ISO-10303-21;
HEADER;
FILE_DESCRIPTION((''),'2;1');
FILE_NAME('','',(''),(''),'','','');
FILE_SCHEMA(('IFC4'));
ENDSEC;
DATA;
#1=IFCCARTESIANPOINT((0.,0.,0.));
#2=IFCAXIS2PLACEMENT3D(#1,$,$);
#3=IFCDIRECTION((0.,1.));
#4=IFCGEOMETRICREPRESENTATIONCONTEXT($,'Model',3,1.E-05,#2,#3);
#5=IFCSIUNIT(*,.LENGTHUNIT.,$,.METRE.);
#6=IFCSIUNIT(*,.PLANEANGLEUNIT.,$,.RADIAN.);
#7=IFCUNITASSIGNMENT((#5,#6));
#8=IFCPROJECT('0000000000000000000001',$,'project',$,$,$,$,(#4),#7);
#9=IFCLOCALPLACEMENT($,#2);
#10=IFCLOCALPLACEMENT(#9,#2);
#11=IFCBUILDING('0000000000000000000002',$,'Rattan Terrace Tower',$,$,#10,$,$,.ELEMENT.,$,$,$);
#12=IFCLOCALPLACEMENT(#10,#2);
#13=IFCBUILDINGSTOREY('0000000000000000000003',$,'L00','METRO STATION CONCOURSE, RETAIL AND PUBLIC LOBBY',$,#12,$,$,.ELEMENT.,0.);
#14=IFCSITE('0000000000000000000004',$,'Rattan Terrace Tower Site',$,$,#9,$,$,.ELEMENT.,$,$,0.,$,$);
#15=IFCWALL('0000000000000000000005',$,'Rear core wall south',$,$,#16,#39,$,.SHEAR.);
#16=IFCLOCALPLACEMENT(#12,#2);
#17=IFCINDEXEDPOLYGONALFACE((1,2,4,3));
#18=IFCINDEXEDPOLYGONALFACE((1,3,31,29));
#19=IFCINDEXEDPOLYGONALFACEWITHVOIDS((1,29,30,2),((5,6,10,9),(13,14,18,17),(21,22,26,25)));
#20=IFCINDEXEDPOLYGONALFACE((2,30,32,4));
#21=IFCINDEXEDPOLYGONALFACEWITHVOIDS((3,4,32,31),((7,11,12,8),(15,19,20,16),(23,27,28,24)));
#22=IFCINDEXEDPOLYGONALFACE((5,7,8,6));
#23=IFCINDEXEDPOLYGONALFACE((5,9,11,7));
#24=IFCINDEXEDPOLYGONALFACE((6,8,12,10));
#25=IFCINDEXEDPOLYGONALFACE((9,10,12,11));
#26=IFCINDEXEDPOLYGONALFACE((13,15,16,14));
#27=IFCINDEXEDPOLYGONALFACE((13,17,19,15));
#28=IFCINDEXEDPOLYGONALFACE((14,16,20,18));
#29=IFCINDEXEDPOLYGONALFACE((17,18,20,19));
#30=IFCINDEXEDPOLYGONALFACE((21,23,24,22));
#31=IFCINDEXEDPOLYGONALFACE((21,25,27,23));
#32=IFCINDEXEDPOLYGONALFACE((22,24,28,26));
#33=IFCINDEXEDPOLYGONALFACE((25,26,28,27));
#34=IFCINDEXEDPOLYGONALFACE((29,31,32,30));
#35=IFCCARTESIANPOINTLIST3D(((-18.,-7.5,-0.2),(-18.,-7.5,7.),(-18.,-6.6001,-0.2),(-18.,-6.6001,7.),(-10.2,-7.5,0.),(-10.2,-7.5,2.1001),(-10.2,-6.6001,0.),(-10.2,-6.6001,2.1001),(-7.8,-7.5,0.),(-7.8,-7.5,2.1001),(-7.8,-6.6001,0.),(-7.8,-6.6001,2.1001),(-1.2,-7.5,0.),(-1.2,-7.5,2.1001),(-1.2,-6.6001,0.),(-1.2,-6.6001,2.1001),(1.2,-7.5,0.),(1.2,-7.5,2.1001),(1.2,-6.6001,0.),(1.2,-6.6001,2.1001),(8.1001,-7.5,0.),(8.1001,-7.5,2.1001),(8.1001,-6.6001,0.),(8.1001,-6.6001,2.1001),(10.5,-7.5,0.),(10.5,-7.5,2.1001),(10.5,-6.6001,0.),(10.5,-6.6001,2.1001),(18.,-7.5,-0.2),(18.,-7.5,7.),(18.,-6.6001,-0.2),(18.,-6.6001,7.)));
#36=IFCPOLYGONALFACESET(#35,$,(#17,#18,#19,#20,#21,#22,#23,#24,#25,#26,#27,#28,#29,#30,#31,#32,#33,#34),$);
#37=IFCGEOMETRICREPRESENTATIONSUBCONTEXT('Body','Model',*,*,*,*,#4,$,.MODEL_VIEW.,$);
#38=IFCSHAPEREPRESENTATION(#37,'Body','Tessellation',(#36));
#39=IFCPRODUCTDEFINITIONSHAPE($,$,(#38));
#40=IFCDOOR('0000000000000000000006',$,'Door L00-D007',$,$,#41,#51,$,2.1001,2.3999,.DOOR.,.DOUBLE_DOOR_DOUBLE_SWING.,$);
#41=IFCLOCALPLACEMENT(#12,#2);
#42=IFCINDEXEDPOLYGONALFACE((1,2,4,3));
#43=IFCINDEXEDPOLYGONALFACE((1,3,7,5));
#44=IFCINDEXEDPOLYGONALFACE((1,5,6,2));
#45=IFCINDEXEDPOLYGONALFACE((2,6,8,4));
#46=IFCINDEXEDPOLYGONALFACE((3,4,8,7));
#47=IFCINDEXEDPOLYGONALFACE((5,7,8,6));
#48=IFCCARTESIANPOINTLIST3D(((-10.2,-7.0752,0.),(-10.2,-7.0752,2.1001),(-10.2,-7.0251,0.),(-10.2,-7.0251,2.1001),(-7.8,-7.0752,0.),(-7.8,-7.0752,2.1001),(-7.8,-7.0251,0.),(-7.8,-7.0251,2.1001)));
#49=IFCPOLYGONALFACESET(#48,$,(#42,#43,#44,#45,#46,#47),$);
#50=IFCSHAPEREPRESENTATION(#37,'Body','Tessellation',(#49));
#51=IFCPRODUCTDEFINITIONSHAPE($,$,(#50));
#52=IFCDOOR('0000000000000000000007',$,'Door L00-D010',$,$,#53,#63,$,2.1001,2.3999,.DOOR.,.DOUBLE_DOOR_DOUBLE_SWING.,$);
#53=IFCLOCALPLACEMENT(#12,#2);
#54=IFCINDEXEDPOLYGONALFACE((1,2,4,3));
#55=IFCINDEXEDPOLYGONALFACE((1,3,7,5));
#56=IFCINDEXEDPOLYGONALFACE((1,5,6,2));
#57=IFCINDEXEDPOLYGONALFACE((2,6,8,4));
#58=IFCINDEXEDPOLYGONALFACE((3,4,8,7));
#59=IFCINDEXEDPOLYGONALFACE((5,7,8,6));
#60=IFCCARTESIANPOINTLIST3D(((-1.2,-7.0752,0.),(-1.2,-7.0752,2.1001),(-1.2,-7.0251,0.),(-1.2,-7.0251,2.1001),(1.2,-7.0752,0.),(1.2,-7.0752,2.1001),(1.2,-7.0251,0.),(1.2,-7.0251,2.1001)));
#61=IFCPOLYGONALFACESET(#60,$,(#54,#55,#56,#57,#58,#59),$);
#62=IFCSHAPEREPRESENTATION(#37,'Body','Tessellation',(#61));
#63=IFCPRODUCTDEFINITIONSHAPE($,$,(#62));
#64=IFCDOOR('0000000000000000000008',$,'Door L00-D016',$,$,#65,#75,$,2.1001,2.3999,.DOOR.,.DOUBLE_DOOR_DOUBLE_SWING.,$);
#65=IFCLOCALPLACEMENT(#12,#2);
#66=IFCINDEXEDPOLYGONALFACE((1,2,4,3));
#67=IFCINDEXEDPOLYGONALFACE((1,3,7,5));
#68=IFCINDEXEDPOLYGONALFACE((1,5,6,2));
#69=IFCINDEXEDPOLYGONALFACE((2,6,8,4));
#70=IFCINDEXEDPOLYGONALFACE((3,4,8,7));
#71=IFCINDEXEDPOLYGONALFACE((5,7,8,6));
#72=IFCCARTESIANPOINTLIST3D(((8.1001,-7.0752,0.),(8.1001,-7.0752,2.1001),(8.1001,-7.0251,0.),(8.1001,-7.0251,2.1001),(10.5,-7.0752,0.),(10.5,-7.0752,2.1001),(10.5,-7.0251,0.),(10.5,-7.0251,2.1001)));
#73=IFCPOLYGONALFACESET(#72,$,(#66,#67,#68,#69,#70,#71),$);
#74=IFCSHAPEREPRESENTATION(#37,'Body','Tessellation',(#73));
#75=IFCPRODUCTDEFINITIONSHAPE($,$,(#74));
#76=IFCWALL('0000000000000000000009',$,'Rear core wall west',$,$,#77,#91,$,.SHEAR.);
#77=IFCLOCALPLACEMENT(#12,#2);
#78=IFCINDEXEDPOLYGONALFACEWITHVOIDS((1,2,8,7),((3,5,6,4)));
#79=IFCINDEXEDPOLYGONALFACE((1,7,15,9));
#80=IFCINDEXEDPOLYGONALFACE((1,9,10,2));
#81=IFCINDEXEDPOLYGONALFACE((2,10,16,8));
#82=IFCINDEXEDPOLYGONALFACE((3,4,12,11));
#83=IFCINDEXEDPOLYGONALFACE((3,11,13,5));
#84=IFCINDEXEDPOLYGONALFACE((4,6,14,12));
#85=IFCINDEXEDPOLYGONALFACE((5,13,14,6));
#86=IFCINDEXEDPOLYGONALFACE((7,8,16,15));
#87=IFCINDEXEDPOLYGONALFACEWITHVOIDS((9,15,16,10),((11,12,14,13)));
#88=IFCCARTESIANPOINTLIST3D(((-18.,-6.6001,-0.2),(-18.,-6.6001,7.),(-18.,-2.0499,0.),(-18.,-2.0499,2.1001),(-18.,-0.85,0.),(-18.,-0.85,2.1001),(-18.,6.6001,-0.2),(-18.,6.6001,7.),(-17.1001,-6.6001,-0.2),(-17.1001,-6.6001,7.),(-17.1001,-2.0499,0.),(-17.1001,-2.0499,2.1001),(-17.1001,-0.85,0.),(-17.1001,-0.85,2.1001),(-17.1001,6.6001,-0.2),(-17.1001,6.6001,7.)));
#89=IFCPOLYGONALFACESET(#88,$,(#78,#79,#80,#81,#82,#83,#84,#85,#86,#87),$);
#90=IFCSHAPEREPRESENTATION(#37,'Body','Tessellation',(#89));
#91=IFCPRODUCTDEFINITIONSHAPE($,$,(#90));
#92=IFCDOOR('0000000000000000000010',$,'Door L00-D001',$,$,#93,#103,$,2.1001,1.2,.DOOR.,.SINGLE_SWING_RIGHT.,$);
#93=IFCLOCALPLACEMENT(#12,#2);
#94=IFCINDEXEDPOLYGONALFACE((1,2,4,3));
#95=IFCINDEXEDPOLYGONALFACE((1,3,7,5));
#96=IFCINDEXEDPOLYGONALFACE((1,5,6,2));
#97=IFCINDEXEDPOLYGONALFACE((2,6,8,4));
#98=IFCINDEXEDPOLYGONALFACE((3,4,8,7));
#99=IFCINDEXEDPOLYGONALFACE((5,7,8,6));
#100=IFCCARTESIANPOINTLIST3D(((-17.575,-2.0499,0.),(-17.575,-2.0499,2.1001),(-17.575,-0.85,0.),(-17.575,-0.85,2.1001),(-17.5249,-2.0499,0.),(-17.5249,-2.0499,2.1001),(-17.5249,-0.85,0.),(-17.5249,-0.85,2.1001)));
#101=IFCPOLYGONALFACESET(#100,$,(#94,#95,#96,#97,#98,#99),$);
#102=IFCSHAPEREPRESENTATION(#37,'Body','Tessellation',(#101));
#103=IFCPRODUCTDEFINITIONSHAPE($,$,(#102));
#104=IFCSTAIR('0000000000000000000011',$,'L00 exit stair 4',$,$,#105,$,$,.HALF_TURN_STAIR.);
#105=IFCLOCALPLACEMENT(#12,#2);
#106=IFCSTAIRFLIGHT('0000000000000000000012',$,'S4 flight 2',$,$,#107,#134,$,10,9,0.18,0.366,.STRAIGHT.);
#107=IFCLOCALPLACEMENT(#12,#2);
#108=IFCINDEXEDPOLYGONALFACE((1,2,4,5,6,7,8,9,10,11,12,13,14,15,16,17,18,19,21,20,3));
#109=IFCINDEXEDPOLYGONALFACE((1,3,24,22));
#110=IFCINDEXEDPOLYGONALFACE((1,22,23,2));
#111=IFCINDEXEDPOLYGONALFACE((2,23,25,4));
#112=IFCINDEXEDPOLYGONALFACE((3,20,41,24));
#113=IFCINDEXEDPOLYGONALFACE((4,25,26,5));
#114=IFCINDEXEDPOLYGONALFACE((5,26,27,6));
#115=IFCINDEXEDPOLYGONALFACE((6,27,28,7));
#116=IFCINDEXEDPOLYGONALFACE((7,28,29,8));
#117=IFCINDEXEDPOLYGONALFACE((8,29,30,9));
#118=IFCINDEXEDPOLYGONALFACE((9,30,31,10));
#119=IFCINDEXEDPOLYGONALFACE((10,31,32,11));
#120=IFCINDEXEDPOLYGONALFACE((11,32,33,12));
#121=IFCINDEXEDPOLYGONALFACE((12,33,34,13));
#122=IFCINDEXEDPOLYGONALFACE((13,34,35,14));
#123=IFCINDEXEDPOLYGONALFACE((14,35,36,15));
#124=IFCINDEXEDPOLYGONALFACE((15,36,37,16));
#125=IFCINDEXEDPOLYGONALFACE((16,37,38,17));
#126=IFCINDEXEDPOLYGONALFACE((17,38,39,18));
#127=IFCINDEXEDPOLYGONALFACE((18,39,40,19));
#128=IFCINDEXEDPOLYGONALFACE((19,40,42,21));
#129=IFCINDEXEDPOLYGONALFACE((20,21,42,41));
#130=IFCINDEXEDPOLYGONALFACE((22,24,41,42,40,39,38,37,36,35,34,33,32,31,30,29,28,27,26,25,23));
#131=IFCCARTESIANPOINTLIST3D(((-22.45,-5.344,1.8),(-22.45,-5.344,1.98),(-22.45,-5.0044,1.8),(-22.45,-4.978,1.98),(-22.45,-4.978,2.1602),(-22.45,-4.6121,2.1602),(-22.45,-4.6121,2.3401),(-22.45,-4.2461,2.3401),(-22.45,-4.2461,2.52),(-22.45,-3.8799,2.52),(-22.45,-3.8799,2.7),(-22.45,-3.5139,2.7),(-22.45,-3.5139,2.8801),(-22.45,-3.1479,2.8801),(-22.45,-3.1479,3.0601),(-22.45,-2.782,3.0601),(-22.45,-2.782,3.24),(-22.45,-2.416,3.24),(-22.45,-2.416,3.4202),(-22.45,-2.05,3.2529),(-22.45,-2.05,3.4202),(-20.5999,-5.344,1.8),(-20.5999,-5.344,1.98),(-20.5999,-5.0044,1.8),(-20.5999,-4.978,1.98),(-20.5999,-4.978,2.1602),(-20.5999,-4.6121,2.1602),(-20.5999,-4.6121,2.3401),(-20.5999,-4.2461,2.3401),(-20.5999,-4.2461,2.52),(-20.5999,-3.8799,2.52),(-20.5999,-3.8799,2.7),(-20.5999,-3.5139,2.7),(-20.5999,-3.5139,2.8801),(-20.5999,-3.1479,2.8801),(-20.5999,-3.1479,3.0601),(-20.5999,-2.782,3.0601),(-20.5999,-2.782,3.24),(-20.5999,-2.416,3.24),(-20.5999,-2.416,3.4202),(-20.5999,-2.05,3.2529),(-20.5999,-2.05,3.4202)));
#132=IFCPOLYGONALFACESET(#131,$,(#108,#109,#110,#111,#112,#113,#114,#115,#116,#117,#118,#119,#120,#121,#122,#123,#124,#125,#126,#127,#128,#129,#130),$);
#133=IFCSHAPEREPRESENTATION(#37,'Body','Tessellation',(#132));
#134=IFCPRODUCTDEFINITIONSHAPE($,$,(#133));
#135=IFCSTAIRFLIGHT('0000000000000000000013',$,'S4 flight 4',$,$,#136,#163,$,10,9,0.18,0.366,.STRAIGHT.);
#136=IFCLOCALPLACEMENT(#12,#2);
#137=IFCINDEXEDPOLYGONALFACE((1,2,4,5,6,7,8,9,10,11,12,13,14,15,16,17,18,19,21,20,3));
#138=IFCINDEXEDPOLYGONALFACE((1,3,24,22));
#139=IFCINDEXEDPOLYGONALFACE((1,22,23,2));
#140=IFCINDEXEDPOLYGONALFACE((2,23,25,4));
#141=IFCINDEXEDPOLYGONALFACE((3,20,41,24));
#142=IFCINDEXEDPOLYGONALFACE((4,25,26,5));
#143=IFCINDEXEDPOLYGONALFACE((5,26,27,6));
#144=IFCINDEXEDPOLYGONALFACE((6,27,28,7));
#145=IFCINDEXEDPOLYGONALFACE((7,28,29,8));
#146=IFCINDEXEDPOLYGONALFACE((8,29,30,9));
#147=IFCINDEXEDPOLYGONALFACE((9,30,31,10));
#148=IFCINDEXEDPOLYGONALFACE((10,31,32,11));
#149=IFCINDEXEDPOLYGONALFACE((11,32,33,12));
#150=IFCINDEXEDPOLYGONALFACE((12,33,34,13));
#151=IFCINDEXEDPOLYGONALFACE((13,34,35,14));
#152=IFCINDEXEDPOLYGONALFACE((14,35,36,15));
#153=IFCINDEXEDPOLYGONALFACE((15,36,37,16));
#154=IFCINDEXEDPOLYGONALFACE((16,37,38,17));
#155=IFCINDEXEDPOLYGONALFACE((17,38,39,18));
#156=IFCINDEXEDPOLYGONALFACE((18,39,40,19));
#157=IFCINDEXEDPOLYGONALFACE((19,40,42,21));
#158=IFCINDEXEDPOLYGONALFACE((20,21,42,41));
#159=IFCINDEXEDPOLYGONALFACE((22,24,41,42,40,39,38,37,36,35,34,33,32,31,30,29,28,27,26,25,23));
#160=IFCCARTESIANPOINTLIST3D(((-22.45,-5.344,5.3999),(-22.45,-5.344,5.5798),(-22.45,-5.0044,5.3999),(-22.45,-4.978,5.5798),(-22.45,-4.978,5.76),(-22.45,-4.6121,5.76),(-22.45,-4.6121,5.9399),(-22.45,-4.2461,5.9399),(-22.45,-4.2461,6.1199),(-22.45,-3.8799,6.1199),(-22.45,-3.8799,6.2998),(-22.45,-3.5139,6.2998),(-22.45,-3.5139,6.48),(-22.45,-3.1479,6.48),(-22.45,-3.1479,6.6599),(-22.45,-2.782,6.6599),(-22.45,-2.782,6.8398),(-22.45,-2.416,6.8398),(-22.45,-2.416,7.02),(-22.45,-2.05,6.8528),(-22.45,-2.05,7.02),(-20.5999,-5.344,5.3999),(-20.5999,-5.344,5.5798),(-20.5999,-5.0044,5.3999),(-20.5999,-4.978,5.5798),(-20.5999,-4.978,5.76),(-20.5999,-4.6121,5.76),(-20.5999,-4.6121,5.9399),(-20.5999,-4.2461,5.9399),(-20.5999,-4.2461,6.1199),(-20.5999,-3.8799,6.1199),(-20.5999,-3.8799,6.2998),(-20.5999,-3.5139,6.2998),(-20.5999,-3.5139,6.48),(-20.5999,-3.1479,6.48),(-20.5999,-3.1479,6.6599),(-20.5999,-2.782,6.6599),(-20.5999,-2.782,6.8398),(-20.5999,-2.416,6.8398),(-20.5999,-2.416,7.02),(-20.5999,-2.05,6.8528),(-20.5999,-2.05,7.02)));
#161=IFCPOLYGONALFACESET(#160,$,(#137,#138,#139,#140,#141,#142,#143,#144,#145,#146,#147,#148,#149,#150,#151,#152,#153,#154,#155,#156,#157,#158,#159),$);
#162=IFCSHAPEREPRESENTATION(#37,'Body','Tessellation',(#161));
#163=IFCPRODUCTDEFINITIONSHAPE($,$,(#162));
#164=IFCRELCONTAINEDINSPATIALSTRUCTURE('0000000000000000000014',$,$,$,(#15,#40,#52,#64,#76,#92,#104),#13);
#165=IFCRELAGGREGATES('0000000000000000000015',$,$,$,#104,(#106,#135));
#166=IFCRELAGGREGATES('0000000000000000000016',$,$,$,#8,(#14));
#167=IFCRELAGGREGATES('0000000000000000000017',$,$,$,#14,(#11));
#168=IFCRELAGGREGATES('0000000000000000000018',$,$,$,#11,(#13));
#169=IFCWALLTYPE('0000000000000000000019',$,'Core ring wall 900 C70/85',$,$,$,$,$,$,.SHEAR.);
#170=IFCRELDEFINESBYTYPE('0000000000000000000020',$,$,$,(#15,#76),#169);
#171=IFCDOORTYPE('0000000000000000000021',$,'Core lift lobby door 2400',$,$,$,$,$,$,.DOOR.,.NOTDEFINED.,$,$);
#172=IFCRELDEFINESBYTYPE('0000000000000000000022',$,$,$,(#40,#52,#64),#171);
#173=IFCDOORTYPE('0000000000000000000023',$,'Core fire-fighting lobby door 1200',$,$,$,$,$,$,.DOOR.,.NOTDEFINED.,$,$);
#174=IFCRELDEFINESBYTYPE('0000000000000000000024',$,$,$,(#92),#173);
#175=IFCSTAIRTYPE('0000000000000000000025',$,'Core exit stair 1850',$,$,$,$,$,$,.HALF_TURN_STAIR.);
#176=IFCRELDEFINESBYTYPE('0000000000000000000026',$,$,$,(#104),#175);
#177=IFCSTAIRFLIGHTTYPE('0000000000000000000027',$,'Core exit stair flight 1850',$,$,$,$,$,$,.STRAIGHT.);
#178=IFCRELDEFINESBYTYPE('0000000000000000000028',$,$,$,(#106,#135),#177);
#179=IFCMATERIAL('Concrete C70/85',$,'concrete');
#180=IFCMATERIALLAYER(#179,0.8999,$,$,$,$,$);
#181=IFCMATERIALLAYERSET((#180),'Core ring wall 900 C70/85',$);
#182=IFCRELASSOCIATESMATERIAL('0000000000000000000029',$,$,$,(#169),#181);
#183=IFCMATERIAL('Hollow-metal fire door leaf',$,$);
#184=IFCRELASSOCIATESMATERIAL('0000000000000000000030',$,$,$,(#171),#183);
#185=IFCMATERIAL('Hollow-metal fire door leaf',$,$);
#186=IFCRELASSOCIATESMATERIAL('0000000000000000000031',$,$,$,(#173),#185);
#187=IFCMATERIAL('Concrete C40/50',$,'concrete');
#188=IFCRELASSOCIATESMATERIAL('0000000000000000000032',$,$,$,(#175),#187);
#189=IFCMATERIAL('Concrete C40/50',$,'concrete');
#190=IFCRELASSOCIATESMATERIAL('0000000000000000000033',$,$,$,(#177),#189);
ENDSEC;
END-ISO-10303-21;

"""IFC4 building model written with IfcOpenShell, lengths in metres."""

from ifc_helpers import new_model, si_unit, direction, frame, frame_2d, origin, place, context, subcontext, project, spatial, polyline, rectangle, outline, extrude, material, layer, layer_set, type_object, element, fill, aggregate, save


model = new_model("IFC4")

# Units and contexts
model_context = context("Model", 3, precision=1e-05, world=origin(), true_north=direction((0.0, 1.0)))
body_context = subcontext(model_context, "Body", "Model", "MODEL_VIEW")
ifc_project = project(units=[si_unit("LENGTHUNIT", "METRE"), si_unit("PLANEANGLEUNIT", "RADIAN")], contexts=[model_context])

# Site, building, storey
site_placement = place(None, origin())
site = spatial("IfcSite", under=ifc_project, at=site_placement, Name="Rattan Terrace Tower Site", CompositionType="ELEMENT", RefElevation=0.0)
building_placement = place(site_placement, origin())
building = spatial("IfcBuilding", under=site, at=building_placement, Name="Rattan Terrace Tower", CompositionType="ELEMENT")
storey_placement = place(building_placement, origin())
storey = spatial("IfcBuildingStorey", under=building, at=storey_placement, Name="L00", Description="METRO STATION CONCOURSE, RETAIL AND PUBLIC LOBBY", CompositionType="ELEMENT", Elevation=0.0)

# Wall, openings, doors
ifc_material_1 = material(Name="Concrete C70/85", Category="concrete")
ifc_layer = layer(ifc_material_1, 0.8999)
ifc_layer_set = layer_set([ifc_layer], Name="Core ring wall 900 C70/85")
wall_type = type_object("IfcWallType", Name="Core ring wall 900 C70/85", PredefinedType="SHEAR", material=ifc_layer_set)
wall_1_placement = place(storey_placement, frame((-18.0, -7.05, -0.2), z_axis=(0.0, 0.0, 1.0), x_axis=(1.0, 0.0, 0.0)))
wall_1 = element("IfcWall", 1, at=wall_1_placement, inside=storey, type_object=wall_type, Name="Rear core wall south", PredefinedType="SHEAR", context=body_context, shape_type="SweptSolid", body=[
    extrude(rectangle(XDim=36.0, YDim=0.8999, at=frame_2d((18.0, 0.0))), origin(), (0.0, 0.0, 1.0), 7.2),
])
opening_1_placement = place(wall_1_placement, frame((7.8, 0.0, 0.2)))
opening_1 = element("IfcOpeningElement", 2, at=opening_1_placement, cuts=wall_1, PredefinedType="OPENING", context=body_context, shape_type="SweptSolid", body=[
    extrude(rectangle(XDim=2.3999, YDim=2.1001, at=frame_2d((1.2, 1.05))), frame((0.0, 0.4604, 0.0), z_axis=(0.0, -1.0, 0.0), x_axis=(1.0, 0.0, 0.0)), (0.0, 0.0, 1.0), 0.9209),
])
opening_2_placement = place(wall_1_placement, frame((16.8, 0.0, 0.2)))
opening_2 = element("IfcOpeningElement", 3, at=opening_2_placement, cuts=wall_1, PredefinedType="OPENING", context=body_context, shape_type="SweptSolid", body=[
    extrude(rectangle(XDim=2.3999, YDim=2.1001, at=frame_2d((1.2, 1.05))), frame((0.0, 0.4604, 0.0), z_axis=(0.0, -1.0, 0.0), x_axis=(1.0, 0.0, 0.0)), (0.0, 0.0, 1.0), 0.9209),
])
opening_3_placement = place(wall_1_placement, frame((26.1001, 0.0, 0.2)))
opening_3 = element("IfcOpeningElement", 4, at=opening_3_placement, cuts=wall_1, PredefinedType="OPENING", context=body_context, shape_type="SweptSolid", body=[
    extrude(rectangle(XDim=2.3999, YDim=2.1001, at=frame_2d((1.2, 1.05))), frame((0.0, 0.4604, 0.0), z_axis=(0.0, -1.0, 0.0), x_axis=(1.0, 0.0, 0.0)), (0.0, 0.0, 1.0), 0.9209),
])
ifc_material_2 = material(Name="Hollow-metal fire door leaf")
door_type_1 = type_object("IfcDoorType", Name="Core lift lobby door 2400", OperationType="NOTDEFINED", PredefinedType="DOOR", material=ifc_material_2)
door_1_placement = place(opening_1_placement, origin())
door_1 = element("IfcDoor", 5, at=door_1_placement, inside=storey, type_object=door_type_1, Name="Door L00-D007", OperationType="DOUBLE_DOOR_DOUBLE_SWING", OverallHeight=2.1001, OverallWidth=2.3999, PredefinedType="DOOR", context=body_context, shape_type="SweptSolid", body=[
    extrude(rectangle(XDim=2.3999, YDim=2.1001, at=frame_2d((1.2, 1.05))), frame((0.0, 0.0249, 0.0), z_axis=(0.0, -1.0, 0.0), x_axis=(1.0, 0.0, 0.0)), (0.0, 0.0, 1.0), 0.05),
])
fill(opening_1, door_1)
door_2_placement = place(opening_2_placement, origin())
door_2 = element("IfcDoor", 6, at=door_2_placement, inside=storey, type_object=door_type_1, Name="Door L00-D010", OperationType="DOUBLE_DOOR_DOUBLE_SWING", OverallHeight=2.1001, OverallWidth=2.3999, PredefinedType="DOOR", context=body_context, shape_type="SweptSolid", body=[
    extrude(rectangle(XDim=2.3999, YDim=2.1001, at=frame_2d((1.2, 1.05))), frame((0.0, 0.0249, 0.0), z_axis=(0.0, -1.0, 0.0), x_axis=(1.0, 0.0, 0.0)), (0.0, 0.0, 1.0), 0.05),
])
fill(opening_2, door_2)
door_3_placement = place(opening_3_placement, origin())
door_3 = element("IfcDoor", 7, at=door_3_placement, inside=storey, type_object=door_type_1, Name="Door L00-D016", OperationType="DOUBLE_DOOR_DOUBLE_SWING", OverallHeight=2.1001, OverallWidth=2.3999, PredefinedType="DOOR", context=body_context, shape_type="SweptSolid", body=[
    extrude(rectangle(XDim=2.3999, YDim=2.1001, at=frame_2d((1.2, 1.05))), frame((0.0, 0.0249, 0.0), z_axis=(0.0, -1.0, 0.0), x_axis=(1.0, 0.0, 0.0)), (0.0, 0.0, 1.0), 0.05),
])
fill(opening_3, door_3)

# Wall, opening, door
wall_2_placement = place(storey_placement, frame((-17.55, -6.6001, -0.2), z_axis=(0.0, 0.0, 1.0), x_axis=(0.0, 1.0, 0.0)))
wall_2 = element("IfcWall", 8, at=wall_2_placement, inside=storey, type_object=wall_type, Name="Rear core wall west", PredefinedType="SHEAR", context=body_context, shape_type="SweptSolid", body=[
    extrude(rectangle(XDim=13.2002, YDim=0.8999, at=frame_2d((6.6001, 0.0))), origin(), (0.0, 0.0, 1.0), 7.2),
])
opening_4_placement = place(wall_2_placement, frame((4.55, 0.0, 0.2)))
opening_4 = element("IfcOpeningElement", 9, at=opening_4_placement, cuts=wall_2, PredefinedType="OPENING", context=body_context, shape_type="SweptSolid", body=[
    extrude(rectangle(XDim=1.2, YDim=2.1001, at=frame_2d((0.6001, 1.05))), frame((0.0, 0.4604, 0.0), z_axis=(0.0, -1.0, 0.0), x_axis=(1.0, 0.0, 0.0)), (0.0, 0.0, 1.0), 0.9209),
])
ifc_material_3 = material(Name="Hollow-metal fire door leaf")
door_type_2 = type_object("IfcDoorType", Name="Core fire-fighting lobby door 1200", OperationType="NOTDEFINED", PredefinedType="DOOR", material=ifc_material_3)
door_4_placement = place(opening_4_placement, origin())
door_4 = element("IfcDoor", 10, at=door_4_placement, inside=storey, type_object=door_type_2, Name="Door L00-D001", OperationType="SINGLE_SWING_RIGHT", OverallHeight=2.1001, OverallWidth=1.2, PredefinedType="DOOR", context=body_context, shape_type="SweptSolid", body=[
    extrude(rectangle(XDim=1.2, YDim=2.1001, at=frame_2d((0.6001, 1.05))), frame((0.0, 0.0249, 0.0), z_axis=(0.0, -1.0, 0.0), x_axis=(1.0, 0.0, 0.0)), (0.0, 0.0, 1.0), 0.05),
])
fill(opening_4, door_4)

# Stair, stair flights
ifc_material_4 = material(Name="Concrete C40/50", Category="concrete")
stair_type = type_object("IfcStairType", Name="Core exit stair 1850", PredefinedType="HALF_TURN_STAIR", material=ifc_material_4)
stair_placement = place(storey_placement, origin())
stair = element("IfcStair", 11, at=stair_placement, inside=storey, type_object=stair_type, Name="L00 exit stair 4", PredefinedType="HALF_TURN_STAIR")
ifc_material_5 = material(Name="Concrete C40/50", Category="concrete")
stair_flight_type = type_object("IfcStairFlightType", Name="Core exit stair flight 1850", PredefinedType="STRAIGHT", material=ifc_material_5)
stair_flight_1_placement = place(storey_placement, frame((-21.5249, -5.344, 1.8), z_axis=(0.0, 0.0, 1.0), x_axis=(0.0, 1.0, 0.0)))
stair_flight_1 = element("IfcStairFlight", 12, at=stair_flight_1_placement, type_object=stair_flight_type, Name="S4 flight 2", NumberOfRisers=10, NumberOfTreads=9, PredefinedType="STRAIGHT", RiserHeight=0.18, TreadLength=0.366, context=body_context, shape_type="SweptSolid", body=[
    extrude(outline(polyline([(0.0, 0.0), (0.0, 0.1799), (0.366, 0.1799), (0.366, 0.3601), (0.7319, 0.3601), (0.7319, 0.54), (1.0979, 0.54), (1.0979, 0.72), (1.4641, 0.72), (1.4641, 0.8999), (1.8301, 0.8999), (1.8301, 1.0801), (2.196, 1.0801), (2.196, 1.26), (2.562, 1.26), (2.562, 1.4399), (2.928, 1.4399), (2.928, 1.6201), (3.2939, 1.6201), (3.2939, 1.8), (3.2939, 1.4529), (0.3396, 0.0), (0.0, 0.0)])), frame((0.0, 0.925, 0.0), z_axis=(0.0, -1.0, 0.0), x_axis=(1.0, 0.0, 0.0)), (0.0, 0.0, 1.0), 1.8501),
])
stair_flight_2_placement = place(storey_placement, frame((-21.5249, -5.344, 5.3999), z_axis=(0.0, 0.0, 1.0), x_axis=(0.0, 1.0, 0.0)))
stair_flight_2 = element("IfcStairFlight", 13, at=stair_flight_2_placement, type_object=stair_flight_type, Name="S4 flight 4", NumberOfRisers=10, NumberOfTreads=9, PredefinedType="STRAIGHT", RiserHeight=0.18, TreadLength=0.366, context=body_context, shape_type="SweptSolid", body=[
    extrude(outline(polyline([(0.0, 0.0), (0.0, 0.1799), (0.366, 0.1799), (0.366, 0.3601), (0.7319, 0.3601), (0.7319, 0.54), (1.0979, 0.54), (1.0979, 0.72), (1.4641, 0.72), (1.4641, 0.8999), (1.8301, 0.8999), (1.8301, 1.0801), (2.196, 1.0801), (2.196, 1.26), (2.562, 1.26), (2.562, 1.4399), (2.928, 1.4399), (2.928, 1.6201), (3.2939, 1.6201), (3.2939, 1.8), (3.2939, 1.4529), (0.3396, 0.0), (0.0, 0.0)])), frame((0.0, 0.925, 0.0), z_axis=(0.0, -1.0, 0.0), x_axis=(1.0, 0.0, 0.0)), (0.0, 0.0, 1.0), 1.8501),
])
aggregate(stair, [stair_flight_1, stair_flight_2])

save(model, "model.ifc")
